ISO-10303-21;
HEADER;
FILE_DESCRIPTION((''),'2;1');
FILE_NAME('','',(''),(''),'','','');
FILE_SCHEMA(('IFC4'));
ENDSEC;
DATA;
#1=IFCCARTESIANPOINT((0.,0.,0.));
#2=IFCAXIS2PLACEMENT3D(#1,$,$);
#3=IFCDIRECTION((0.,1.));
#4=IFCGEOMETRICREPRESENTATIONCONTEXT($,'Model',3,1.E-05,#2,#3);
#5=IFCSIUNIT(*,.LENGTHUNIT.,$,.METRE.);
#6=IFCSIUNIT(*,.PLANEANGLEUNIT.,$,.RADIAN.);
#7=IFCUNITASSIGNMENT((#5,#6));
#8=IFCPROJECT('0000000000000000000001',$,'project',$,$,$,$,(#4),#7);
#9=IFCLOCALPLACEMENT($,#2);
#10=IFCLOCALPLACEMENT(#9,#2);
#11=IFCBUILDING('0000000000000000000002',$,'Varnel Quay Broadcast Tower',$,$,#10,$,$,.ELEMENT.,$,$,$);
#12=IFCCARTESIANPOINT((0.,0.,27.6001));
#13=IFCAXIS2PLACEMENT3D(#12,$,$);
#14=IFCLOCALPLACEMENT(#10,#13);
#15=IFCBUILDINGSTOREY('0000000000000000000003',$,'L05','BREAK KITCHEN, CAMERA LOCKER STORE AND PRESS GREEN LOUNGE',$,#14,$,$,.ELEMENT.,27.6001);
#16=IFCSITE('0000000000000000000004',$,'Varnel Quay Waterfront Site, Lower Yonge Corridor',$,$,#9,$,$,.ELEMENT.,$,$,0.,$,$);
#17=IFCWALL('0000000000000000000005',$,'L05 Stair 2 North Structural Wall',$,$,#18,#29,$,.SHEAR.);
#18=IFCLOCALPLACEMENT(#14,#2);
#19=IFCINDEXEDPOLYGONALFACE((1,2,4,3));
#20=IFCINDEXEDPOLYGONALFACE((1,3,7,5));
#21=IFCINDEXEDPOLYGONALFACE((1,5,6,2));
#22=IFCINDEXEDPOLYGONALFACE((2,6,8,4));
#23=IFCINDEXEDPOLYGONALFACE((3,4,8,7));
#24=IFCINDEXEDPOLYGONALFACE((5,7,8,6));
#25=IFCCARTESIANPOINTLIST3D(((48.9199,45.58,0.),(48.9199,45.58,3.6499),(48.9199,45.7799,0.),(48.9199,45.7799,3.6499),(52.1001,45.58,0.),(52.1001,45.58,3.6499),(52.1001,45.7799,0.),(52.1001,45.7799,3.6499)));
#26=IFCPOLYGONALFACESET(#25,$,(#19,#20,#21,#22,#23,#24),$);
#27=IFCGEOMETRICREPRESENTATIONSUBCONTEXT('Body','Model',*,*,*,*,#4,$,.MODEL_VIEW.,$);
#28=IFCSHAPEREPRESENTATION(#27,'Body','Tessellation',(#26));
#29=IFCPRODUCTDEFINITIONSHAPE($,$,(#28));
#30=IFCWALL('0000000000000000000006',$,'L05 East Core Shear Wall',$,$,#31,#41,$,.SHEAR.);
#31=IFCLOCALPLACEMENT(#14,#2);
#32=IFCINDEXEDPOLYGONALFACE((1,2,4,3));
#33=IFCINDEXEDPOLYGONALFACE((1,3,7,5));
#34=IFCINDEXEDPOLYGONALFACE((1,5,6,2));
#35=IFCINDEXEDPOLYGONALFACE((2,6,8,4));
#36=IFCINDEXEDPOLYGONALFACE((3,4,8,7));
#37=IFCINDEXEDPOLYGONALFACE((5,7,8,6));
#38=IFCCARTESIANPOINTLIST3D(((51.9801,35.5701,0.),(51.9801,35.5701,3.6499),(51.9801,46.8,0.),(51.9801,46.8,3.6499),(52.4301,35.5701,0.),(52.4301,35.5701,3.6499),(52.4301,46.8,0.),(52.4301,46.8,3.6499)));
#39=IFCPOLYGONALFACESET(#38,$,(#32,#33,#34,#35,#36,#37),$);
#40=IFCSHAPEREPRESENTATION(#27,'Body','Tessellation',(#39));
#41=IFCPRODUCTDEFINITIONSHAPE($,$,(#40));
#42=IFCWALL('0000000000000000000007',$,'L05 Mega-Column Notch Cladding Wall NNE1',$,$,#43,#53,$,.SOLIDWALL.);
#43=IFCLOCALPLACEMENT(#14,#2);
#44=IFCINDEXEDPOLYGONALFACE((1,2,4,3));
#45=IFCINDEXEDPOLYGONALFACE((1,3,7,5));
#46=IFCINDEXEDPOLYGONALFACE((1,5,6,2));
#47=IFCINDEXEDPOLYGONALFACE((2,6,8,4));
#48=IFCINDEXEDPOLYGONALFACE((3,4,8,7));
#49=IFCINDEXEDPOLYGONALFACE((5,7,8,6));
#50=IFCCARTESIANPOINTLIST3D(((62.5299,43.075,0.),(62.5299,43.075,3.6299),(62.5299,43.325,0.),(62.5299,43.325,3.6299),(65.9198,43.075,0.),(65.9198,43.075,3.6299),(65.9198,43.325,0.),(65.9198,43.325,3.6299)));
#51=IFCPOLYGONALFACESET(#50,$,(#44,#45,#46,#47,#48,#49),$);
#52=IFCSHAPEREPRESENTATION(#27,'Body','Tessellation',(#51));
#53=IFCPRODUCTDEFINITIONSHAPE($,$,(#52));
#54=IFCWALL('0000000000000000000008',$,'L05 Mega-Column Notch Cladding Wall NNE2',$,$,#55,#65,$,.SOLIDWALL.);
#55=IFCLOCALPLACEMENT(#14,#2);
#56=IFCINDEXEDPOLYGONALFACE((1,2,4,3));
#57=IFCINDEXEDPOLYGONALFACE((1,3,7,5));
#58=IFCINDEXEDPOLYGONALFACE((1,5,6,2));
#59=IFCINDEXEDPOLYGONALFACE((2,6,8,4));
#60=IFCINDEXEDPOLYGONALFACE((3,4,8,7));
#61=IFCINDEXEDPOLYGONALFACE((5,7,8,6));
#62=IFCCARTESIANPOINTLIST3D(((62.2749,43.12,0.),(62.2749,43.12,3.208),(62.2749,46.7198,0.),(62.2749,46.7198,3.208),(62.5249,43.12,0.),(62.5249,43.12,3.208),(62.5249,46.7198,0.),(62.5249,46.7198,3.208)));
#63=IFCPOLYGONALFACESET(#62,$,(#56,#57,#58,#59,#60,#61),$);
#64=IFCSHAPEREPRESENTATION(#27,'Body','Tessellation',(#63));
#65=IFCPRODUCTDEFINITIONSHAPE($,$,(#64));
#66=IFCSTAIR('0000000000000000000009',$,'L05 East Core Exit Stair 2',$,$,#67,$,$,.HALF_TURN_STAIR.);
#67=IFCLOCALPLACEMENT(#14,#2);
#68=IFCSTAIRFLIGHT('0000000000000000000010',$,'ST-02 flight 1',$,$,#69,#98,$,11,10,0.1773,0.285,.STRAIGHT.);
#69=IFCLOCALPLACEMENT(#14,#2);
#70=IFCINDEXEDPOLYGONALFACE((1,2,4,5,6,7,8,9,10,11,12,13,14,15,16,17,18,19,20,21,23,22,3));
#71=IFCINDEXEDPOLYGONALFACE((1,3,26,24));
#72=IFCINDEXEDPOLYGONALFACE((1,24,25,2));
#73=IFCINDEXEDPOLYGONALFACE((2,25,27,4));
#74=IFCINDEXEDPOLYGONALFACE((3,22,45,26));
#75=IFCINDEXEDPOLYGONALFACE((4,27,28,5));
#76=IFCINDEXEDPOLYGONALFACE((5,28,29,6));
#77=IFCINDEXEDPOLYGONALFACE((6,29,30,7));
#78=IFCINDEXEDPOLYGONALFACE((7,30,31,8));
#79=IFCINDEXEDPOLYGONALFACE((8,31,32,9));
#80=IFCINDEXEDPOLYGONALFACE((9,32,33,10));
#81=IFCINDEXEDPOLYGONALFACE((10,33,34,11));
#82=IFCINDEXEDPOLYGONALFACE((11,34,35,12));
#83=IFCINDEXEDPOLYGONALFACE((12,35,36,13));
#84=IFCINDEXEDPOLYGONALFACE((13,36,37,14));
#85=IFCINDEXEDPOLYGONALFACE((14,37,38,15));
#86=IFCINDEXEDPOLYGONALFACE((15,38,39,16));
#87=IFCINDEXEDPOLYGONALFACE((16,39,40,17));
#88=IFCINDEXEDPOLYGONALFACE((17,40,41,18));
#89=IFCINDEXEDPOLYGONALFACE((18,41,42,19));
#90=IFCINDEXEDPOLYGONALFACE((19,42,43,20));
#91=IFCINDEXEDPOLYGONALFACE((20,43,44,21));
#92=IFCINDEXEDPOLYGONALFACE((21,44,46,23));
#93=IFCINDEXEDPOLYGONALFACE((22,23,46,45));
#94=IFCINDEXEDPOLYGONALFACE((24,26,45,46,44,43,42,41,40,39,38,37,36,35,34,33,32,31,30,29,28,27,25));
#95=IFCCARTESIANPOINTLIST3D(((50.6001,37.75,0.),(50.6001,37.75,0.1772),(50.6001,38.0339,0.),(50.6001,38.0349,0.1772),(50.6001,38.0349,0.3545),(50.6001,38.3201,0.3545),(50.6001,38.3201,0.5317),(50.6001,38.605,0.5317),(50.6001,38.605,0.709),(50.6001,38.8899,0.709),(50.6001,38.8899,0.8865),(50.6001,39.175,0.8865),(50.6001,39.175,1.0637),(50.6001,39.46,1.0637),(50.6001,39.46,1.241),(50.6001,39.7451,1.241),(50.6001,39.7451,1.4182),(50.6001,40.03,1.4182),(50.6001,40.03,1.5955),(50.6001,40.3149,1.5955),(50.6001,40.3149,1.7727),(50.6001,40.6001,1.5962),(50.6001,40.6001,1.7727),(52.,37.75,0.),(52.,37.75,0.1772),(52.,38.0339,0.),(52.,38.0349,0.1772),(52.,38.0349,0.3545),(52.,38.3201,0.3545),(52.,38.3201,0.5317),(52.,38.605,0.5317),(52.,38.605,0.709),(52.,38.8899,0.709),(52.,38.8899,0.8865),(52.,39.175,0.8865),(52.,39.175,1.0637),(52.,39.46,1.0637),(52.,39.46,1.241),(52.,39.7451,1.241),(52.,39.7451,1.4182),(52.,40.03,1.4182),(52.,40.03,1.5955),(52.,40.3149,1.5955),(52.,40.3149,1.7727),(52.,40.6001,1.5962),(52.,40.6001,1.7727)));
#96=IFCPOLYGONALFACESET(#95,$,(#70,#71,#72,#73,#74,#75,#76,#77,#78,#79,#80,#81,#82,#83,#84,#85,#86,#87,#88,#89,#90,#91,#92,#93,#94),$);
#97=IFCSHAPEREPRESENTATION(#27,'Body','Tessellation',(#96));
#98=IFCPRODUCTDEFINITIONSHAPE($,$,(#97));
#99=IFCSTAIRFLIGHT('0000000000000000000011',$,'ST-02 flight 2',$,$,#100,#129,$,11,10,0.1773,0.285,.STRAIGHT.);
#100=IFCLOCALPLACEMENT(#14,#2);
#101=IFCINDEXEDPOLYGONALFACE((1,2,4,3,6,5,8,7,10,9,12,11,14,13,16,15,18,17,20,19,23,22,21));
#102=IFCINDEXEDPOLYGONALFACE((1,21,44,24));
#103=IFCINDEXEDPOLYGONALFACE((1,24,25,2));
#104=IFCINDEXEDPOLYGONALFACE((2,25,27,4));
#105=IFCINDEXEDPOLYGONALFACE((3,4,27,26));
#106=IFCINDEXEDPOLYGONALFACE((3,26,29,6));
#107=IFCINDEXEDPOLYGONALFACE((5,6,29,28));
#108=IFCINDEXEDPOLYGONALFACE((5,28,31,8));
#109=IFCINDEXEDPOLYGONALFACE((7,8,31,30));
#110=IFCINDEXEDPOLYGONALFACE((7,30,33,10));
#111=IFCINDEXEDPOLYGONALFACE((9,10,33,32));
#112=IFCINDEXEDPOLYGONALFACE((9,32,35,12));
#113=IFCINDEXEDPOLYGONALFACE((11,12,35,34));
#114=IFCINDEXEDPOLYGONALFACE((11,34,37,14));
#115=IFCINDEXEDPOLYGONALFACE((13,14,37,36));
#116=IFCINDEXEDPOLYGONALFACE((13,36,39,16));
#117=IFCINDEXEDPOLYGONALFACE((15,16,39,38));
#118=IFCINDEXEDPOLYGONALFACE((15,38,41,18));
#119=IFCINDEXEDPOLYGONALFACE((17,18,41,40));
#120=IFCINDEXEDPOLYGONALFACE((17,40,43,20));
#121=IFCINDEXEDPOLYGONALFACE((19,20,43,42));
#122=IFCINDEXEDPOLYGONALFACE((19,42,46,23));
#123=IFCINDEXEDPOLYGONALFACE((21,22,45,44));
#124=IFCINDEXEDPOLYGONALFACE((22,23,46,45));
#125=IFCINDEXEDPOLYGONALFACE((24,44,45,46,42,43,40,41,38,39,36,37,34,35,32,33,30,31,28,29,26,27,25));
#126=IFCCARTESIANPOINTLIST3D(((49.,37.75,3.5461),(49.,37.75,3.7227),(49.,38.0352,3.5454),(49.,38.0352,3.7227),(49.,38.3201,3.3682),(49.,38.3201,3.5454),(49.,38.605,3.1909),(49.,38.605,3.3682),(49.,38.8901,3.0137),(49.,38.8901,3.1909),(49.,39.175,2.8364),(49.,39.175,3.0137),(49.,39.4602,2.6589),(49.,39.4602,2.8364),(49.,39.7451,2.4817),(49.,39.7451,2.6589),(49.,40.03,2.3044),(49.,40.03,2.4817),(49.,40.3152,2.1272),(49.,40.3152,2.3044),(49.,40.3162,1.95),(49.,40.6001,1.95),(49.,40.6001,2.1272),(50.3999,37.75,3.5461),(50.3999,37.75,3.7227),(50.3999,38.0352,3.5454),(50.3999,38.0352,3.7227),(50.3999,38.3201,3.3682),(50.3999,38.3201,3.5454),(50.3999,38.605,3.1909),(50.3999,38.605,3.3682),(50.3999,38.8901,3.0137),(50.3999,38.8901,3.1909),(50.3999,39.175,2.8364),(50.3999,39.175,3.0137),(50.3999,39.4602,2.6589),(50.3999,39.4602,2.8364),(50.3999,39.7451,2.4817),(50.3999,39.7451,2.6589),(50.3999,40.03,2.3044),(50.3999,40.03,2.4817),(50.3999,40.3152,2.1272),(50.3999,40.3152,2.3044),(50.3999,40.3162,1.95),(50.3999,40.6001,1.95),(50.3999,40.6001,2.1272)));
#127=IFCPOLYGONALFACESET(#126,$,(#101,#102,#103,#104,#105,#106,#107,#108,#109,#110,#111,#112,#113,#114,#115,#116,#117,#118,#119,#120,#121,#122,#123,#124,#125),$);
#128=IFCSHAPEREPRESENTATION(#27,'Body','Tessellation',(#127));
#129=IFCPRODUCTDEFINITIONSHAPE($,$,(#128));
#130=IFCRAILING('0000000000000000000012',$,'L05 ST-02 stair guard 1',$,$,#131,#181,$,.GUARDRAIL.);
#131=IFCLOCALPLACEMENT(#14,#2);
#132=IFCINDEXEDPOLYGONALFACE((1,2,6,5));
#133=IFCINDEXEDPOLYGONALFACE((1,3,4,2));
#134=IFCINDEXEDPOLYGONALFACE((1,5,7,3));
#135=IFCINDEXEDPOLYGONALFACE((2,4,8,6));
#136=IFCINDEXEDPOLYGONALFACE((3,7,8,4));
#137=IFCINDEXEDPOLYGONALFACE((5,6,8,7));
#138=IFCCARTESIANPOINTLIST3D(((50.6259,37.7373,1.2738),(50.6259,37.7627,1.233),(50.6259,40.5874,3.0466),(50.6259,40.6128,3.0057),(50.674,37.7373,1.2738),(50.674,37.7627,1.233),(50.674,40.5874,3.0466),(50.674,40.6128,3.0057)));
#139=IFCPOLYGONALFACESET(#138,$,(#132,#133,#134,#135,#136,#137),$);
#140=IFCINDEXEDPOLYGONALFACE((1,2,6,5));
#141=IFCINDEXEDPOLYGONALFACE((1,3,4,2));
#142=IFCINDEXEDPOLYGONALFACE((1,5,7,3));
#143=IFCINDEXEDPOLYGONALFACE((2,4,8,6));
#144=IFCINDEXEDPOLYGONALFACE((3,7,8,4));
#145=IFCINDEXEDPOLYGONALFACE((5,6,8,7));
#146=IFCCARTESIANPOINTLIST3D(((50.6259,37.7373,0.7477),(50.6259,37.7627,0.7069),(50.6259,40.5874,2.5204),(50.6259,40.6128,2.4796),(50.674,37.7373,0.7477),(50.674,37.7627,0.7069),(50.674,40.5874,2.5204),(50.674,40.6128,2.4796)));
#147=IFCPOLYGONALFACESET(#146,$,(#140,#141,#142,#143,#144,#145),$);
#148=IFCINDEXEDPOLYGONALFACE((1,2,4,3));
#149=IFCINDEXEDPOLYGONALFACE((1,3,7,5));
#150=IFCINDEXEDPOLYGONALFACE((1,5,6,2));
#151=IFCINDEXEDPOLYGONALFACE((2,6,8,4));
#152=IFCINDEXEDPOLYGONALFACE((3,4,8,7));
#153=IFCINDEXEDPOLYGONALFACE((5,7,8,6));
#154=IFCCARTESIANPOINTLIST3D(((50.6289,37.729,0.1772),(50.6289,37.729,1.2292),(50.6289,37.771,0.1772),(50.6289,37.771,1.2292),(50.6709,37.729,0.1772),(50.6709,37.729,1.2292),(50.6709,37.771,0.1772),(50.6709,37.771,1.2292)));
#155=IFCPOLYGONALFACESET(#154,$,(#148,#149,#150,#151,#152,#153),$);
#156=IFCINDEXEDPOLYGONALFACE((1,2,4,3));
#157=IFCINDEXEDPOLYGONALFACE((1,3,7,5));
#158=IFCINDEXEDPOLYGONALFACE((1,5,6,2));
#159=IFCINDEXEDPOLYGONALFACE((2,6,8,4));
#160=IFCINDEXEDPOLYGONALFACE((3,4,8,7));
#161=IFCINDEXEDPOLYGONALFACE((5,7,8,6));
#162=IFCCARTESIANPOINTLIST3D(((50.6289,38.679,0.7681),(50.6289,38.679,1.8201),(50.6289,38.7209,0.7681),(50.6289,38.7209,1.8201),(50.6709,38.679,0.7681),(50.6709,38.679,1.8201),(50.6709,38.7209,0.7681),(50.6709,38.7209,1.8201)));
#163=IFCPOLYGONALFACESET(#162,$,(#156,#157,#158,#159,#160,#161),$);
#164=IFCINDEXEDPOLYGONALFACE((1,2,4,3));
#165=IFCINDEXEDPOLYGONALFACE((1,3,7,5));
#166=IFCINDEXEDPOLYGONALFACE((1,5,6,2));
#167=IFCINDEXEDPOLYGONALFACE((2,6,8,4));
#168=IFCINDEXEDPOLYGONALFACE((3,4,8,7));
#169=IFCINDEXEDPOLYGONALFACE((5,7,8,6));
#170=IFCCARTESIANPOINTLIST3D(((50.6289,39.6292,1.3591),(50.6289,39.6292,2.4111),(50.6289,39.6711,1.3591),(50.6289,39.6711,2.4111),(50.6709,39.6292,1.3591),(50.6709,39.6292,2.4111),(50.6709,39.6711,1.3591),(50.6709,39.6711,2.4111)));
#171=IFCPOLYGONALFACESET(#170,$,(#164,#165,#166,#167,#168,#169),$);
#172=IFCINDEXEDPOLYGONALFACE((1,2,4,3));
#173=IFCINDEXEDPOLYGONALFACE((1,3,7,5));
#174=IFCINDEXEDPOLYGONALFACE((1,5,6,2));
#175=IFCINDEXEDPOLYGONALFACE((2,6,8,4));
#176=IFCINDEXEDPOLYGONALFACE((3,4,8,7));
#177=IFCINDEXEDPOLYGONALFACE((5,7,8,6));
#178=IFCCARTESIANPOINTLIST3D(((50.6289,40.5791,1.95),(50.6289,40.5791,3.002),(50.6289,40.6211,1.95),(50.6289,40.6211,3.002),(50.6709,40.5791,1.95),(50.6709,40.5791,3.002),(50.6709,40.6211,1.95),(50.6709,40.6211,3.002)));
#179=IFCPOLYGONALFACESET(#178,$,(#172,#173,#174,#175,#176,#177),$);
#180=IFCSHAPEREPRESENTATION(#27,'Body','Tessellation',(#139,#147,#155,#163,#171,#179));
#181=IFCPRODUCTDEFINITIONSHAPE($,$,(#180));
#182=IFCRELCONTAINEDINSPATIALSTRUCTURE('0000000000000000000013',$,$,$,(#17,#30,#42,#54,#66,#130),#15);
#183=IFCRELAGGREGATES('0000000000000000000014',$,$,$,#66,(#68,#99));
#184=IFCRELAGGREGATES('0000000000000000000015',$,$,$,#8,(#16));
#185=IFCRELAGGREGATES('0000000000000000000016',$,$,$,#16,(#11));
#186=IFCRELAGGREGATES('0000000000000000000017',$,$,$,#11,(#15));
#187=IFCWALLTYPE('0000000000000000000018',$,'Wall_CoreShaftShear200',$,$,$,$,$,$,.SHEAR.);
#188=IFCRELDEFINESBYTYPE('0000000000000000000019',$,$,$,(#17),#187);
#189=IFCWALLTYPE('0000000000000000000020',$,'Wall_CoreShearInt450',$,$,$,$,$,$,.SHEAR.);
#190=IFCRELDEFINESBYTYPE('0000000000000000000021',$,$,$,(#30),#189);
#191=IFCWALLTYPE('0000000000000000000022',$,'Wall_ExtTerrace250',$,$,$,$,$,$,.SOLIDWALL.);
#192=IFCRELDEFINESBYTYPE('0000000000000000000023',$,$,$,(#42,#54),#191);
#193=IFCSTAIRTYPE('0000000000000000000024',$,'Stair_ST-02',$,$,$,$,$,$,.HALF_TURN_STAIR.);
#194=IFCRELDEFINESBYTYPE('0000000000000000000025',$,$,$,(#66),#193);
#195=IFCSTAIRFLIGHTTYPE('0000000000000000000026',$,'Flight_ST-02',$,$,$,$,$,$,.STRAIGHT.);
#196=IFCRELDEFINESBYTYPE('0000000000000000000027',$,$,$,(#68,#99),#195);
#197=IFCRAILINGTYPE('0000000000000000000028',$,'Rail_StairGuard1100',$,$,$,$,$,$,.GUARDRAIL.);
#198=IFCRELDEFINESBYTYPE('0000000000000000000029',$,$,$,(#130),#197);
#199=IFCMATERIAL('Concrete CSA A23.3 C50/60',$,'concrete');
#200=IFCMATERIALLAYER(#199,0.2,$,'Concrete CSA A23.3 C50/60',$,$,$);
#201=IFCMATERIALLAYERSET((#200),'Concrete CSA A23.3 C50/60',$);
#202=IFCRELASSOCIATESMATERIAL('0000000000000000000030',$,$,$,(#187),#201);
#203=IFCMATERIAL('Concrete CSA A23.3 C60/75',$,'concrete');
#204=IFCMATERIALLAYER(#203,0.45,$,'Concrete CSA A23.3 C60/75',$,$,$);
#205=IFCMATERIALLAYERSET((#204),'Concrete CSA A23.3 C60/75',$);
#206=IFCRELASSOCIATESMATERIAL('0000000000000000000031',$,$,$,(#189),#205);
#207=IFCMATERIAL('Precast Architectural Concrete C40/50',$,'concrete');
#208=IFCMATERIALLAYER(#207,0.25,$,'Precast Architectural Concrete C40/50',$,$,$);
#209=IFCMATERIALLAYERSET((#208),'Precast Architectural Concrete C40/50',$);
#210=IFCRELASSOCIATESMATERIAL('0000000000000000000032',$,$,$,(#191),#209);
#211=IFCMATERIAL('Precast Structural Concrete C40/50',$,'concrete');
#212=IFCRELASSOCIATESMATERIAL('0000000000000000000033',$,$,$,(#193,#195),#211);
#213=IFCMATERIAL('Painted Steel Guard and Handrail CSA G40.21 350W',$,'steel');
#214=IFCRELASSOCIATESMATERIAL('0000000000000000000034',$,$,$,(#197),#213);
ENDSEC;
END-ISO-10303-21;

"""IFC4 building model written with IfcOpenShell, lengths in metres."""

from ifc_helpers import new_model, si_unit, direction, frame, frame_2d, origin, origin_2d, place, context, subcontext, project, spatial, polyline, rectangle, outline, extrude, material, layer, layer_set, type_object, element, aggregate, save


model = new_model("IFC4")

# Units and contexts
model_context = context("Model", 3, precision=1e-05, world=origin(), true_north=direction((0.0, 1.0)))
body_context = subcontext(model_context, "Body", "Model", "MODEL_VIEW")
ifc_project = project(units=[si_unit("LENGTHUNIT", "METRE"), si_unit("PLANEANGLEUNIT", "RADIAN")], contexts=[model_context])

# Site, building, storey
site_placement = place(None, origin())
site = spatial("IfcSite", under=ifc_project, at=site_placement, Name="Varnel Quay Waterfront Site, Lower Yonge Corridor", CompositionType="ELEMENT", RefElevation=0.0)
building_placement = place(site_placement, origin())
building = spatial("IfcBuilding", under=site, at=building_placement, Name="Varnel Quay Broadcast Tower", CompositionType="ELEMENT")
storey_placement = place(building_placement, frame((0.0, 0.0, 27.6001)))
storey = spatial("IfcBuildingStorey", under=building, at=storey_placement, Name="L05", Description="BREAK KITCHEN, CAMERA LOCKER STORE AND PRESS GREEN LOUNGE", CompositionType="ELEMENT", Elevation=27.6001)

# Walls
ifc_material_1 = material(Name="Concrete CSA A23.3 C50/60", Category="concrete")
ifc_layer_1 = layer(ifc_material_1, 0.2, Name="Concrete CSA A23.3 C50/60")
ifc_layer_set_1 = layer_set([ifc_layer_1], Name="Concrete CSA A23.3 C50/60")
wall_type_1 = type_object("IfcWallType", Name="Wall_CoreShaftShear200", PredefinedType="SHEAR", material=ifc_layer_set_1)
wall_1_placement = place(storey_placement, frame((48.9199, 45.6799, 0.0), z_axis=(0.0, 0.0, 1.0), x_axis=(1.0, 0.0, 0.0)))
element("IfcWall", 1, at=wall_1_placement, inside=storey, type_object=wall_type_1, Name="L05 Stair 2 North Structural Wall", PredefinedType="SHEAR", context=body_context, shape_type="SweptSolid", body=[
    extrude(rectangle(XDim=3.1802, YDim=0.2, at=frame_2d((1.5901, 0.0))), origin(), (0.0, 0.0, 1.0), 3.6499),
])
ifc_material_2 = material(Name="Concrete CSA A23.3 C60/75", Category="concrete")
ifc_layer_2 = layer(ifc_material_2, 0.45, Name="Concrete CSA A23.3 C60/75")
ifc_layer_set_2 = layer_set([ifc_layer_2], Name="Concrete CSA A23.3 C60/75")
wall_type_2 = type_object("IfcWallType", Name="Wall_CoreShearInt450", PredefinedType="SHEAR", material=ifc_layer_set_2)
wall_2_placement = place(storey_placement, frame((52.2051, 35.5701, 0.0), z_axis=(0.0, 0.0, 1.0), x_axis=(0.0, 1.0, 0.0)))
element("IfcWall", 2, at=wall_2_placement, inside=storey, type_object=wall_type_2, Name="L05 East Core Shear Wall", PredefinedType="SHEAR", context=body_context, shape_type="SweptSolid", body=[
    extrude(rectangle(XDim=11.23, YDim=0.45, at=frame_2d((5.615, 0.0))), origin(), (0.0, 0.0, 1.0), 3.6499),
])
ifc_material_3 = material(Name="Precast Architectural Concrete C40/50", Category="concrete")
ifc_layer_3 = layer(ifc_material_3, 0.25, Name="Precast Architectural Concrete C40/50")
ifc_layer_set_3 = layer_set([ifc_layer_3], Name="Precast Architectural Concrete C40/50")
wall_type_3 = type_object("IfcWallType", Name="Wall_ExtTerrace250", PredefinedType="SOLIDWALL", material=ifc_layer_set_3)
wall_3_placement = place(storey_placement, frame((62.53, 43.2, 0.0), z_axis=(0.0, 0.0, 1.0), x_axis=(1.0, 0.0, 0.0)))
element("IfcWall", 3, at=wall_3_placement, inside=storey, type_object=wall_type_3, Name="L05 Mega-Column Notch Cladding Wall NNE1", PredefinedType="SOLIDWALL", context=body_context, shape_type="SweptSolid", body=[
    extrude(rectangle(XDim=3.3899, YDim=0.25, at=frame_2d((1.6948, 0.0))), origin(), (0.0, 0.0, 1.0), 3.6299),
])
wall_4_placement = place(storey_placement, frame((62.3999, 43.1201, 0.0), z_axis=(0.0, 0.0, 1.0), x_axis=(0.0, 1.0, 0.0)))
element("IfcWall", 4, at=wall_4_placement, inside=storey, type_object=wall_type_3, Name="L05 Mega-Column Notch Cladding Wall NNE2", PredefinedType="SOLIDWALL", context=body_context, shape_type="SweptSolid", body=[
    extrude(rectangle(XDim=3.5999, YDim=0.25, at=frame_2d((1.7998, 0.0))), origin(), (0.0, 0.0, 1.0), 3.208),
])

# Stair, stair flights
ifc_material_4 = material(Name="Precast Structural Concrete C40/50", Category="concrete")
stair_type = type_object("IfcStairType", Name="Stair_ST-02", PredefinedType="HALF_TURN_STAIR", material=ifc_material_4)
stair_placement = place(storey_placement, origin())
stair = element("IfcStair", 5, at=stair_placement, inside=storey, type_object=stair_type, Name="L05 East Core Exit Stair 2", PredefinedType="HALF_TURN_STAIR")
stair_flight_type = type_object("IfcStairFlightType", Name="Flight_ST-02", PredefinedType="STRAIGHT", material=ifc_material_4)
stair_flight_1_placement = place(storey_placement, frame((51.3, 37.75, 0.0), z_axis=(0.0, 0.0, 1.0), x_axis=(0.0, 1.0, 0.0)))
stair_flight_1 = element("IfcStairFlight", 6, at=stair_flight_1_placement, type_object=stair_flight_type, Name="ST-02 flight 1", NumberOfRisers=11, NumberOfTreads=10, PredefinedType="STRAIGHT", RiserHeight=0.1773, TreadLength=0.285, context=body_context, shape_type="SweptSolid", body=[
    extrude(outline(polyline([(0.0, 0.0), (0.0, 0.1772), (0.2849, 0.1772), (0.2849, 0.3545), (0.5701, 0.3545), (0.5701, 0.5317), (0.855, 0.5317), (0.855, 0.709), (1.1399, 0.709), (1.1399, 0.8865), (1.425, 0.8865), (1.425, 1.0637), (1.71, 1.0637), (1.71, 1.241), (1.9951, 1.241), (1.9951, 1.4182), (2.28, 1.4182), (2.28, 1.5955), (2.5649, 1.5955), (2.5649, 1.7727), (2.8501, 1.7727), (2.8501, 1.95), (2.8501, 1.5962), (0.2839, 0.0), (0.0, 0.0)])), frame((0.0, 0.7, 0.0), z_axis=(0.0, -1.0, 0.0), x_axis=(1.0, 0.0, 0.0)), (0.0, 0.0, 1.0), 1.3999),
])
stair_flight_2_placement = place(storey_placement, frame((49.7, 40.6001, 1.95), z_axis=(0.0, 0.0, 1.0), x_axis=(0.0, -1.0, 0.0)))
stair_flight_2 = element("IfcStairFlight", 7, at=stair_flight_2_placement, type_object=stair_flight_type, Name="ST-02 flight 2", NumberOfRisers=11, NumberOfTreads=10, PredefinedType="STRAIGHT", RiserHeight=0.1773, TreadLength=0.285, context=body_context, shape_type="SweptSolid", body=[
    extrude(outline(polyline([(0.0, 0.0), (0.0, 0.1772), (0.2849, 0.1772), (0.2849, 0.3545), (0.5701, 0.3545), (0.5701, 0.5317), (0.855, 0.5317), (0.855, 0.709), (1.1399, 0.709), (1.1399, 0.8865), (1.425, 0.8865), (1.425, 1.0637), (1.71, 1.0637), (1.71, 1.241), (1.9951, 1.241), (1.9951, 1.4182), (2.28, 1.4182), (2.28, 1.5955), (2.5649, 1.5955), (2.5649, 1.7727), (2.8501, 1.7727), (2.8501, 1.95), (2.8501, 1.5962), (0.2839, 0.0), (0.0, 0.0)])), frame((0.0, 0.7, 0.0), z_axis=(0.0, -1.0, 0.0), x_axis=(1.0, 0.0, 0.0)), (0.0, 0.0, 1.0), 1.3999),
])
aggregate(stair, [stair_flight_1, stair_flight_2])

# Railing
ifc_material_5 = material(Name="Painted Steel Guard and Handrail CSA G40.21 350W", Category="steel")
railing_type_1 = type_object("IfcRailingType", Name="Rail_StairGuard1100", PredefinedType="GUARDRAIL", material=ifc_material_5)
railing_1_placement = place(storey_placement, frame((50.6499, 37.75, 0.1772)))
element("IfcRailing", 8, at=railing_1_placement, inside=storey, type_object=railing_type_1, Name="L05 ST-02 stair guard 1", PredefinedType="GUARDRAIL", context=body_context, shape_type="SweptSolid", body=[
    extrude(rectangle(XDim=0.0481, YDim=0.0481, at=origin_2d()), frame((0.0, 0.0, 1.0762), z_axis=(0.0, 0.849149, 0.528154), x_axis=(-1.0, 0.0, 0.0)), (0.0, 0.0, 1.0), 3.3564),
    extrude(rectangle(XDim=0.0481, YDim=0.0481, at=origin_2d()), frame((0.0, 0.0, 0.55), z_axis=(0.0, 0.849149, 0.528154), x_axis=(-1.0, 0.0, 0.0)), (0.0, 0.0, 1.0), 3.3564),
    extrude(rectangle(XDim=0.042, YDim=0.042, at=origin_2d()), origin(), (0.0, 0.0, 1.0), 1.052),
    extrude(rectangle(XDim=0.042, YDim=0.042, at=origin_2d()), frame((0.0, 0.95, 0.5908)), (0.0, 0.0, 1.0), 1.052),
    extrude(rectangle(XDim=0.042, YDim=0.042, at=origin_2d()), frame((0.0, 1.9001, 1.1819)), (0.0, 0.0, 1.0), 1.052),
    extrude(rectangle(XDim=0.042, YDim=0.042, at=origin_2d()), frame((0.0, 2.8501, 1.7727)), (0.0, 0.0, 1.0), 1.052),
])

save(model, "model.ifc")
